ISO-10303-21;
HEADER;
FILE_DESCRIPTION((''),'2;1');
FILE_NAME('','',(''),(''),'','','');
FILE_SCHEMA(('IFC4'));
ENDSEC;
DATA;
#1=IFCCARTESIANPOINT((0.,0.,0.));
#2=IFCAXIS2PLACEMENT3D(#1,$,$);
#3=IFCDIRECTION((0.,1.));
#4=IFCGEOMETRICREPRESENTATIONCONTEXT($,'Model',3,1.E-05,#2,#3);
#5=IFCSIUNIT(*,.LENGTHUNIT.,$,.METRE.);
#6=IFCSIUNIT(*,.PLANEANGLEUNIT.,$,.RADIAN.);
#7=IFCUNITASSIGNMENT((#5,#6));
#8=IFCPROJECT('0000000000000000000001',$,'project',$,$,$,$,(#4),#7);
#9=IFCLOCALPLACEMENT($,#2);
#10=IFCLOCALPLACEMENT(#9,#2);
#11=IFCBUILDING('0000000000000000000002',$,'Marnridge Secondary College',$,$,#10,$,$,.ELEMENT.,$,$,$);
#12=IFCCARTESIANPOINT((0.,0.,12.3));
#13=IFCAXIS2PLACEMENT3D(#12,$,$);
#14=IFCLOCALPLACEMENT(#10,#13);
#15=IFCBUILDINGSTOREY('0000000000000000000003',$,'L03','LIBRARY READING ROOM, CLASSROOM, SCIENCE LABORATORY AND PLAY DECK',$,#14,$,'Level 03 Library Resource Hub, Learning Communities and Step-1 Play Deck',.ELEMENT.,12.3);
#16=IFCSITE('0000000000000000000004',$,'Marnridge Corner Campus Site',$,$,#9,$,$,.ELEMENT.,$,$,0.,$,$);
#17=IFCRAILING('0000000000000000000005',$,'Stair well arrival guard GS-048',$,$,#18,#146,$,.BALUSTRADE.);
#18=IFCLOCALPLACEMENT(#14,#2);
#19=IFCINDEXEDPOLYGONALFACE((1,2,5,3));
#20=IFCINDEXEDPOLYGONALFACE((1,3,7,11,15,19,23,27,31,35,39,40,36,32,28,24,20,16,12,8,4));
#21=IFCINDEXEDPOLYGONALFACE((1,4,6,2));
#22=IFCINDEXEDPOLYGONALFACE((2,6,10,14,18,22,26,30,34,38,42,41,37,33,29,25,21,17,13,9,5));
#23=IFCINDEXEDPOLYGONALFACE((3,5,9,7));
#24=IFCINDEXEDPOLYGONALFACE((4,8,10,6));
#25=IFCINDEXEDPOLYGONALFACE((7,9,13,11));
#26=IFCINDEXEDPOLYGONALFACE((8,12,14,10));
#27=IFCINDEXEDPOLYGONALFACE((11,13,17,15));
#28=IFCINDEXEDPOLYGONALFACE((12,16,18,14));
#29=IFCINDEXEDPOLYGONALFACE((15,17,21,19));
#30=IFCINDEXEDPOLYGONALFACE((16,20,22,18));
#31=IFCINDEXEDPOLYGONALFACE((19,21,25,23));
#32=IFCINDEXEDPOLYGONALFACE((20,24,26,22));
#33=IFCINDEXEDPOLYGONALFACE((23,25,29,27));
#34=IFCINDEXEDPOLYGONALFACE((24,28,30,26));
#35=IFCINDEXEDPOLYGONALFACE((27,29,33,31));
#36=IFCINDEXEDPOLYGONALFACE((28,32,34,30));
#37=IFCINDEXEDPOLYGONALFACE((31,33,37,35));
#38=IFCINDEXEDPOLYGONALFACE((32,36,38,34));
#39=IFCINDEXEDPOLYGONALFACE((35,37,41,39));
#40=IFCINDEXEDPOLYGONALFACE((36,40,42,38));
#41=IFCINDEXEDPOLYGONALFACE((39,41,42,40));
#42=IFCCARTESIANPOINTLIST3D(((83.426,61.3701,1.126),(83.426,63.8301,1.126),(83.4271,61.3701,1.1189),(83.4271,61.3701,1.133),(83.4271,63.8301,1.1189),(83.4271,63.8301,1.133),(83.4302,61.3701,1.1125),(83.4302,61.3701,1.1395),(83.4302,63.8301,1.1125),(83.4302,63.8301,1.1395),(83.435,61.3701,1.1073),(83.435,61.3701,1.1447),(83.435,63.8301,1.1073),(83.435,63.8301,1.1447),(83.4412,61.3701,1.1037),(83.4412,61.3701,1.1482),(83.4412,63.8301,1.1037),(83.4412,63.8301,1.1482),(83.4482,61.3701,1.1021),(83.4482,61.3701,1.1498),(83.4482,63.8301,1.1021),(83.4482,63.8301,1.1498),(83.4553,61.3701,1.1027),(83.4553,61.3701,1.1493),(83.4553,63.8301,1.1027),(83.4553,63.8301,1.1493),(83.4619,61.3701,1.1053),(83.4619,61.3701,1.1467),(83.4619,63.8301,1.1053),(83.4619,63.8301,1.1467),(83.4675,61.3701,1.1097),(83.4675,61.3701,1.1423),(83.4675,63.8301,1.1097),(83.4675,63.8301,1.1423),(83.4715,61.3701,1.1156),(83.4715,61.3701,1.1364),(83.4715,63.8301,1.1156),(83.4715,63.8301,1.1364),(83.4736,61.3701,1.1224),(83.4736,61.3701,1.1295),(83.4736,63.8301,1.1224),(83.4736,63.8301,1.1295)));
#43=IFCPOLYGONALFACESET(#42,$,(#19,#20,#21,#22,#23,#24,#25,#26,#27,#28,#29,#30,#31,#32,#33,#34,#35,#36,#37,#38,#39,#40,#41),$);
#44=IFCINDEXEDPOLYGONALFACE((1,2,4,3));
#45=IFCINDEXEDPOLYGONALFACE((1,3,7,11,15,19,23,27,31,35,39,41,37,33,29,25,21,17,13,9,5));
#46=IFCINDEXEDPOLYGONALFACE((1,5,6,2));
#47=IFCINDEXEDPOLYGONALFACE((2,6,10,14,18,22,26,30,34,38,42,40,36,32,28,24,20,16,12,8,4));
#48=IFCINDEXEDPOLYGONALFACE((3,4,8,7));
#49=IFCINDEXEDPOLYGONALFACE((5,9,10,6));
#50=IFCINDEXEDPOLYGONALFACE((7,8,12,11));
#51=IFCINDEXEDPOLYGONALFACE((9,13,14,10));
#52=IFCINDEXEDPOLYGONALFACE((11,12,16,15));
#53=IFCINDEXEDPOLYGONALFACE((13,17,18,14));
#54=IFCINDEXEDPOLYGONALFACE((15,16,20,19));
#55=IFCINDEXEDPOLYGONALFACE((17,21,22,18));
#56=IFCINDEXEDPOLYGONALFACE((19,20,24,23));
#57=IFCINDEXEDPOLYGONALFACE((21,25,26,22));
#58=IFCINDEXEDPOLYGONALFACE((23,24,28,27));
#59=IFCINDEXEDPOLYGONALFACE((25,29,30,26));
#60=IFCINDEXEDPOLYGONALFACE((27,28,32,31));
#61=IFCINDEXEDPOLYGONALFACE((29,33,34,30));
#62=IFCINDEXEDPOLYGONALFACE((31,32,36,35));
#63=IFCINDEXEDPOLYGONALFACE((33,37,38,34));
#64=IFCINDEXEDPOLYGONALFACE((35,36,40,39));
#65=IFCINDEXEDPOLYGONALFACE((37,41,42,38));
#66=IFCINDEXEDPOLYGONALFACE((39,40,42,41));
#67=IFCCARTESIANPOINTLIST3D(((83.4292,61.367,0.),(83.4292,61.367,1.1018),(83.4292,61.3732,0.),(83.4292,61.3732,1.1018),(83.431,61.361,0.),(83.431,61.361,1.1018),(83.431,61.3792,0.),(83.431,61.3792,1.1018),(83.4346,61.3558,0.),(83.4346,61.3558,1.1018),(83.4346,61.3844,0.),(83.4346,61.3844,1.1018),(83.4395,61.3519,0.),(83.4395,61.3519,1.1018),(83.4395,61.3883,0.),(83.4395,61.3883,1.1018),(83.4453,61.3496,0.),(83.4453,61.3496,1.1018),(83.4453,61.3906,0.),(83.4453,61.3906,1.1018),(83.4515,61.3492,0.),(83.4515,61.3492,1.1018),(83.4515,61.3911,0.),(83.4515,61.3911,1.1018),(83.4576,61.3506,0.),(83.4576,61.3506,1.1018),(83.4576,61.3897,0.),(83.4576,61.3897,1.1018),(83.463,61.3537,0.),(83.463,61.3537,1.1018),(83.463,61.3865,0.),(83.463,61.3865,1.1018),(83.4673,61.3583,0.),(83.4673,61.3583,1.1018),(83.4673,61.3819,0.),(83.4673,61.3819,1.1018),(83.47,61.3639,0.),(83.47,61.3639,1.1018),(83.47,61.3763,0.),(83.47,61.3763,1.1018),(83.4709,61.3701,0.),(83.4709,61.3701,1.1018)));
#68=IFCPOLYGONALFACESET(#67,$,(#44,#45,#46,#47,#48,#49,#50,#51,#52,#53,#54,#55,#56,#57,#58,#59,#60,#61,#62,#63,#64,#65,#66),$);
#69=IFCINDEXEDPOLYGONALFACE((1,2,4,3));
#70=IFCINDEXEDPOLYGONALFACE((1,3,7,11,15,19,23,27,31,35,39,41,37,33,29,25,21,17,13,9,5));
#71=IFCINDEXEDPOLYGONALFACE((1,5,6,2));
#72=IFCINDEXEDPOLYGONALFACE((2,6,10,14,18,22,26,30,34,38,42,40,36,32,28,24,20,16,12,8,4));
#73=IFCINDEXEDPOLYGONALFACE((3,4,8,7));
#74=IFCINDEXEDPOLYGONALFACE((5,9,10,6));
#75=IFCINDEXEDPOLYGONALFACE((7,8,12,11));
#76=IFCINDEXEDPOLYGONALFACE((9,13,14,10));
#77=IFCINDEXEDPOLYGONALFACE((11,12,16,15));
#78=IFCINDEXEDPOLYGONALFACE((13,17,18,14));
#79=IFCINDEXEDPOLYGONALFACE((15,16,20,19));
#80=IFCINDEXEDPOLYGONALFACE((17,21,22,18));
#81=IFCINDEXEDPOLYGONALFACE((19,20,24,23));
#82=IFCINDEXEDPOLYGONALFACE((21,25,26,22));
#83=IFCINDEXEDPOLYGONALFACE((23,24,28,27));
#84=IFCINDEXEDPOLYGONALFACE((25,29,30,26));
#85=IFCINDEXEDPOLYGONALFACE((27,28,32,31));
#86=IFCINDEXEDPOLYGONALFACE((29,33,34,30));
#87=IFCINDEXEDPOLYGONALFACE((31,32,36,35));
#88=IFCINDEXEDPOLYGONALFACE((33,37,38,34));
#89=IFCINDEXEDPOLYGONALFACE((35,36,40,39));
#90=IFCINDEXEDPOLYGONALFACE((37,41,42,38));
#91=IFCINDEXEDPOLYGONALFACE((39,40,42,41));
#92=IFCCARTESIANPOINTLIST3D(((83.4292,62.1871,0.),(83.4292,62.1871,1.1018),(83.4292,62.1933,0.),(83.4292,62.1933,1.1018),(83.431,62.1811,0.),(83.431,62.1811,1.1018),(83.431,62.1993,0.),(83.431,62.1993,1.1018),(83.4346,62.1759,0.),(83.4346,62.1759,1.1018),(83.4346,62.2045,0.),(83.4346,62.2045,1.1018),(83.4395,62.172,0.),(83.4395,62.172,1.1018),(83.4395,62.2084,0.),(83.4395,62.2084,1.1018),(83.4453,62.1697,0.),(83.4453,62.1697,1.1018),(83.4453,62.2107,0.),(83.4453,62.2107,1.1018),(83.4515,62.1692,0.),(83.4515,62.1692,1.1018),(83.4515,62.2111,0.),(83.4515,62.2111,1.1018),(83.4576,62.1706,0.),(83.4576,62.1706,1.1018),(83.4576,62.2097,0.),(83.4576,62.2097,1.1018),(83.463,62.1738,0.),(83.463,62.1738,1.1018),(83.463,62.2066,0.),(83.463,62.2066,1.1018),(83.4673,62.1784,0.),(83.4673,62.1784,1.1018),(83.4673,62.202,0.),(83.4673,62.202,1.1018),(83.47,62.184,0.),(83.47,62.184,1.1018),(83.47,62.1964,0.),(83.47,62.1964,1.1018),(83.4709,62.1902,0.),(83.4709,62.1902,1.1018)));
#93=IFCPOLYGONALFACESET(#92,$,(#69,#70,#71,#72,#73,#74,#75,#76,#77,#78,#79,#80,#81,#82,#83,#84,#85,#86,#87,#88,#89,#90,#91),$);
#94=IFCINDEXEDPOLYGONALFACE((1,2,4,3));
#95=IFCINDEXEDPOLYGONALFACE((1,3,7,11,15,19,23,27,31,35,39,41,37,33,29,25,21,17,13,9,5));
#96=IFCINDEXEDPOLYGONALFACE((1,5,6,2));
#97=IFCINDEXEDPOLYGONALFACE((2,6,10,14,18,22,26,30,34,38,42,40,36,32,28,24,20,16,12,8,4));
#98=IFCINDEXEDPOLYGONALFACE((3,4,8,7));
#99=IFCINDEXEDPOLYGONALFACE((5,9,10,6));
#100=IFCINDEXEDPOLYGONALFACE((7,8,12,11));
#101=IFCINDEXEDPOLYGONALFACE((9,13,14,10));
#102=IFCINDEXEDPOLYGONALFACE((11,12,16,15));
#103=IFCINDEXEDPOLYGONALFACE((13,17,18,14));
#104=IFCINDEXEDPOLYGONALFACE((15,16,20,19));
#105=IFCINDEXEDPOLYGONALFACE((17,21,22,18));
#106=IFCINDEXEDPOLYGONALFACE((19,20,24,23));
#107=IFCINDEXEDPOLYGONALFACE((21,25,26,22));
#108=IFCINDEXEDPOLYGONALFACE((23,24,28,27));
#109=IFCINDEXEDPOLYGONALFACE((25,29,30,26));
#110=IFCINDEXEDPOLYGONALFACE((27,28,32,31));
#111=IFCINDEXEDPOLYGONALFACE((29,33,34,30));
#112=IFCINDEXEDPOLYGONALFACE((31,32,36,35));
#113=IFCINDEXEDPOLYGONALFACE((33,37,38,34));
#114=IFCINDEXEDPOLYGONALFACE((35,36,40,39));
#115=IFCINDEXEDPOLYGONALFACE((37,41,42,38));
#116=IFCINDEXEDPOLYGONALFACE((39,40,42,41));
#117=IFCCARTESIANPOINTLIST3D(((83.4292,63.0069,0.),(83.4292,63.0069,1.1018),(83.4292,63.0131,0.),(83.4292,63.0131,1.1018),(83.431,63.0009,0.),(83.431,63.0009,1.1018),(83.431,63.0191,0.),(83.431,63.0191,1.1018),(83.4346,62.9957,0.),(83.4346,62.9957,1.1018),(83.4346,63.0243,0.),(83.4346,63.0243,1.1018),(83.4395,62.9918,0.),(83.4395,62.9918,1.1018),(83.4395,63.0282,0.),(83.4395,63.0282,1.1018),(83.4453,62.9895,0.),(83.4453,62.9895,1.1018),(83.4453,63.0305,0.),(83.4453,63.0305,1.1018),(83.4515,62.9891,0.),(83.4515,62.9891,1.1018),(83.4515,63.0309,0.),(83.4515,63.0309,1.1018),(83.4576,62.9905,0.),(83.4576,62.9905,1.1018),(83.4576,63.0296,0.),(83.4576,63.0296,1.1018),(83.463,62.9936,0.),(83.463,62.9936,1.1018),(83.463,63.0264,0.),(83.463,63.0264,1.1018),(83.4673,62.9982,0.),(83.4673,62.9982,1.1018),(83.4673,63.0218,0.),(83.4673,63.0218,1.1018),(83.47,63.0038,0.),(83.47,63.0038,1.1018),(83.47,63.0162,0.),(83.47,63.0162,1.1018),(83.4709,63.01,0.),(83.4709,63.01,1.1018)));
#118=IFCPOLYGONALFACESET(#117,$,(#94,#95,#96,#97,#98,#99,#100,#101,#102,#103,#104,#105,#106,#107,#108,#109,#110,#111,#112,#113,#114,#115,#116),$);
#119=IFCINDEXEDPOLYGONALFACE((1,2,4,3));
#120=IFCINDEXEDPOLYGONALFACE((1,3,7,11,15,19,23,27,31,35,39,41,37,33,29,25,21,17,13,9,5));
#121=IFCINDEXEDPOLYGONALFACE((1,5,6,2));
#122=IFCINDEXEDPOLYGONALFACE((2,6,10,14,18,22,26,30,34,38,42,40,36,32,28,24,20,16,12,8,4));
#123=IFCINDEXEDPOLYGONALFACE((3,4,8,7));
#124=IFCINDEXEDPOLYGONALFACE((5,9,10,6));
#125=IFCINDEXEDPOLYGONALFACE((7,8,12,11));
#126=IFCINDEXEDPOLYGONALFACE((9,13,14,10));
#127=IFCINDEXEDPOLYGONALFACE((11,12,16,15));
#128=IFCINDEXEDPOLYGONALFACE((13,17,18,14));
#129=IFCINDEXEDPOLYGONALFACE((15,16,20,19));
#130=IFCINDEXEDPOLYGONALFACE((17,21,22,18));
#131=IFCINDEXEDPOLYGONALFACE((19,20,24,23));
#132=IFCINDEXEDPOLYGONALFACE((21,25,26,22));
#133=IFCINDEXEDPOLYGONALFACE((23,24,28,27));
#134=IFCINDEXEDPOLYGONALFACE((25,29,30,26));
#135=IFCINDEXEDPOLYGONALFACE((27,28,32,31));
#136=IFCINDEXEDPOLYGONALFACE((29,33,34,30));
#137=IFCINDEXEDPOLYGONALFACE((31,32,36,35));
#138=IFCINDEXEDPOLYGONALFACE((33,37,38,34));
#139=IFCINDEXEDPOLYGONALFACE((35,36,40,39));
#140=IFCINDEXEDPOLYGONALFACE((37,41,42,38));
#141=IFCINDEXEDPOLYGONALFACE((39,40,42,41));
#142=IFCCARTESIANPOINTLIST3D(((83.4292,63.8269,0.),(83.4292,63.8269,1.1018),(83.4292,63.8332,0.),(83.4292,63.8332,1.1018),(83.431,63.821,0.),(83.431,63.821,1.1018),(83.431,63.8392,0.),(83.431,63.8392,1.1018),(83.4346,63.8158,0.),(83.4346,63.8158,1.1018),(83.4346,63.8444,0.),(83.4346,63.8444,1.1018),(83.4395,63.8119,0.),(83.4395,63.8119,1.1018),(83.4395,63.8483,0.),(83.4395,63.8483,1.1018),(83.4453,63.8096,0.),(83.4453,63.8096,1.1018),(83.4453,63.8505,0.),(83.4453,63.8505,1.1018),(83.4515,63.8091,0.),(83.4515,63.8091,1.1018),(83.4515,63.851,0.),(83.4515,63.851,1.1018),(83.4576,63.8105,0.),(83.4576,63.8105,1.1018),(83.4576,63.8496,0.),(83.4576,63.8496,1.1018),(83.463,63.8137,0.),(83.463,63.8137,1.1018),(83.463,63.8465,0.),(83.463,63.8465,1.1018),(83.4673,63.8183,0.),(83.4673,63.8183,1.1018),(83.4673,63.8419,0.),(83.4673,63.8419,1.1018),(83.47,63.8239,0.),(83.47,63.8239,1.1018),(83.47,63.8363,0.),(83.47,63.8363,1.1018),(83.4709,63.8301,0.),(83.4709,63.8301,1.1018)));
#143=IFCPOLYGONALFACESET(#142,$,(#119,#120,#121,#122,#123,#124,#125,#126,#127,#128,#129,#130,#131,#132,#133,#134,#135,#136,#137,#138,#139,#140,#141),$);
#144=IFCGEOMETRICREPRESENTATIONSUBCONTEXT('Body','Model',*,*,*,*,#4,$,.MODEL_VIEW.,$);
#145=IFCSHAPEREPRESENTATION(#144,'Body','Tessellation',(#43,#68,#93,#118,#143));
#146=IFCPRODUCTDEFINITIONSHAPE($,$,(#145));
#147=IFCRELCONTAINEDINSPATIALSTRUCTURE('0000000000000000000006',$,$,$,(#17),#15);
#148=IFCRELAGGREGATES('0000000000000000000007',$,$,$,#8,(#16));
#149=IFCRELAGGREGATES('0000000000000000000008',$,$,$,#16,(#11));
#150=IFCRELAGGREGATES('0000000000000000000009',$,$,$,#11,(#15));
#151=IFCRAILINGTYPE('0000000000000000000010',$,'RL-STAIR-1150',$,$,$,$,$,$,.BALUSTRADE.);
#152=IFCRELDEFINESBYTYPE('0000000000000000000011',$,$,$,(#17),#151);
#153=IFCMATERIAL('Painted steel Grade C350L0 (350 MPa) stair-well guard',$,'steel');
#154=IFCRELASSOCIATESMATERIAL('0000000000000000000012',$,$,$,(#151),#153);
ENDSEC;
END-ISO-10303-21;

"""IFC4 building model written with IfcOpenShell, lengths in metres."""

from ifc_helpers import new_model, si_unit, direction, frame, origin, origin_2d, place, context, subcontext, project, spatial, circle, extrude, material, type_object, element, save


model = new_model("IFC4")

# Units and contexts
model_context = context("Model", 3, precision=1e-05, world=origin(), true_north=direction((0.0, 1.0)))
body_context = subcontext(model_context, "Body", "Model", "MODEL_VIEW")
ifc_project = project(units=[si_unit("LENGTHUNIT", "METRE"), si_unit("PLANEANGLEUNIT", "RADIAN")], contexts=[model_context])

# Site, building, storey
site_placement = place(None, origin())
site = spatial("IfcSite", under=ifc_project, at=site_placement, Name="Marnridge Corner Campus Site", CompositionType="ELEMENT", RefElevation=0.0)
building_placement = place(site_placement, origin())
building = spatial("IfcBuilding", under=site, at=building_placement, Name="Marnridge Secondary College", CompositionType="ELEMENT")
storey_placement = place(building_placement, frame((0.0, 0.0, 12.3)))
storey = spatial("IfcBuildingStorey", under=building, at=storey_placement, Name="L03", Description="LIBRARY READING ROOM, CLASSROOM, SCIENCE LABORATORY AND PLAY DECK", LongName="Level 03 Library Resource Hub, Learning Communities and Step-1 Play Deck", CompositionType="ELEMENT", Elevation=12.3)

# Railing
ifc_material_1 = material(Name="Painted steel Grade C350L0 (350 MPa) stair-well guard", Category="steel")
railing_type_1 = type_object("IfcRailingType", Name="RL-STAIR-1150", PredefinedType="BALUSTRADE", material=ifc_material_1)
railing_1_placement = place(storey_placement, frame((83.45, 61.3701, 0.0)))
element("IfcRailing", 1, at=railing_1_placement, inside=storey, type_object=railing_type_1, Name="Stair well arrival guard GS-048", PredefinedType="BALUSTRADE", context=body_context, shape_type="SweptSolid", body=[
    extrude(circle(Radius=0.0239, at=origin_2d()), frame((0.0, 0.0, 1.126), z_axis=(0.0, 1.0, 0.0), x_axis=(-1.0, 0.0, 0.0)), (0.0, 0.0, 1.0), 2.46),
    extrude(circle(Radius=0.021, at=origin_2d()), origin(), (0.0, 0.0, 1.0), 1.1018),
    extrude(circle(Radius=0.021, at=origin_2d()), frame((0.0, 0.8201, 0.0)), (0.0, 0.0, 1.0), 1.1018),
    extrude(circle(Radius=0.021, at=origin_2d()), frame((0.0, 1.6399, 0.0)), (0.0, 0.0, 1.0), 1.1018),
    extrude(circle(Radius=0.021, at=origin_2d()), frame((0.0, 2.46, 0.0)), (0.0, 0.0, 1.0), 1.1018),
])

save(model, "model.ifc")
